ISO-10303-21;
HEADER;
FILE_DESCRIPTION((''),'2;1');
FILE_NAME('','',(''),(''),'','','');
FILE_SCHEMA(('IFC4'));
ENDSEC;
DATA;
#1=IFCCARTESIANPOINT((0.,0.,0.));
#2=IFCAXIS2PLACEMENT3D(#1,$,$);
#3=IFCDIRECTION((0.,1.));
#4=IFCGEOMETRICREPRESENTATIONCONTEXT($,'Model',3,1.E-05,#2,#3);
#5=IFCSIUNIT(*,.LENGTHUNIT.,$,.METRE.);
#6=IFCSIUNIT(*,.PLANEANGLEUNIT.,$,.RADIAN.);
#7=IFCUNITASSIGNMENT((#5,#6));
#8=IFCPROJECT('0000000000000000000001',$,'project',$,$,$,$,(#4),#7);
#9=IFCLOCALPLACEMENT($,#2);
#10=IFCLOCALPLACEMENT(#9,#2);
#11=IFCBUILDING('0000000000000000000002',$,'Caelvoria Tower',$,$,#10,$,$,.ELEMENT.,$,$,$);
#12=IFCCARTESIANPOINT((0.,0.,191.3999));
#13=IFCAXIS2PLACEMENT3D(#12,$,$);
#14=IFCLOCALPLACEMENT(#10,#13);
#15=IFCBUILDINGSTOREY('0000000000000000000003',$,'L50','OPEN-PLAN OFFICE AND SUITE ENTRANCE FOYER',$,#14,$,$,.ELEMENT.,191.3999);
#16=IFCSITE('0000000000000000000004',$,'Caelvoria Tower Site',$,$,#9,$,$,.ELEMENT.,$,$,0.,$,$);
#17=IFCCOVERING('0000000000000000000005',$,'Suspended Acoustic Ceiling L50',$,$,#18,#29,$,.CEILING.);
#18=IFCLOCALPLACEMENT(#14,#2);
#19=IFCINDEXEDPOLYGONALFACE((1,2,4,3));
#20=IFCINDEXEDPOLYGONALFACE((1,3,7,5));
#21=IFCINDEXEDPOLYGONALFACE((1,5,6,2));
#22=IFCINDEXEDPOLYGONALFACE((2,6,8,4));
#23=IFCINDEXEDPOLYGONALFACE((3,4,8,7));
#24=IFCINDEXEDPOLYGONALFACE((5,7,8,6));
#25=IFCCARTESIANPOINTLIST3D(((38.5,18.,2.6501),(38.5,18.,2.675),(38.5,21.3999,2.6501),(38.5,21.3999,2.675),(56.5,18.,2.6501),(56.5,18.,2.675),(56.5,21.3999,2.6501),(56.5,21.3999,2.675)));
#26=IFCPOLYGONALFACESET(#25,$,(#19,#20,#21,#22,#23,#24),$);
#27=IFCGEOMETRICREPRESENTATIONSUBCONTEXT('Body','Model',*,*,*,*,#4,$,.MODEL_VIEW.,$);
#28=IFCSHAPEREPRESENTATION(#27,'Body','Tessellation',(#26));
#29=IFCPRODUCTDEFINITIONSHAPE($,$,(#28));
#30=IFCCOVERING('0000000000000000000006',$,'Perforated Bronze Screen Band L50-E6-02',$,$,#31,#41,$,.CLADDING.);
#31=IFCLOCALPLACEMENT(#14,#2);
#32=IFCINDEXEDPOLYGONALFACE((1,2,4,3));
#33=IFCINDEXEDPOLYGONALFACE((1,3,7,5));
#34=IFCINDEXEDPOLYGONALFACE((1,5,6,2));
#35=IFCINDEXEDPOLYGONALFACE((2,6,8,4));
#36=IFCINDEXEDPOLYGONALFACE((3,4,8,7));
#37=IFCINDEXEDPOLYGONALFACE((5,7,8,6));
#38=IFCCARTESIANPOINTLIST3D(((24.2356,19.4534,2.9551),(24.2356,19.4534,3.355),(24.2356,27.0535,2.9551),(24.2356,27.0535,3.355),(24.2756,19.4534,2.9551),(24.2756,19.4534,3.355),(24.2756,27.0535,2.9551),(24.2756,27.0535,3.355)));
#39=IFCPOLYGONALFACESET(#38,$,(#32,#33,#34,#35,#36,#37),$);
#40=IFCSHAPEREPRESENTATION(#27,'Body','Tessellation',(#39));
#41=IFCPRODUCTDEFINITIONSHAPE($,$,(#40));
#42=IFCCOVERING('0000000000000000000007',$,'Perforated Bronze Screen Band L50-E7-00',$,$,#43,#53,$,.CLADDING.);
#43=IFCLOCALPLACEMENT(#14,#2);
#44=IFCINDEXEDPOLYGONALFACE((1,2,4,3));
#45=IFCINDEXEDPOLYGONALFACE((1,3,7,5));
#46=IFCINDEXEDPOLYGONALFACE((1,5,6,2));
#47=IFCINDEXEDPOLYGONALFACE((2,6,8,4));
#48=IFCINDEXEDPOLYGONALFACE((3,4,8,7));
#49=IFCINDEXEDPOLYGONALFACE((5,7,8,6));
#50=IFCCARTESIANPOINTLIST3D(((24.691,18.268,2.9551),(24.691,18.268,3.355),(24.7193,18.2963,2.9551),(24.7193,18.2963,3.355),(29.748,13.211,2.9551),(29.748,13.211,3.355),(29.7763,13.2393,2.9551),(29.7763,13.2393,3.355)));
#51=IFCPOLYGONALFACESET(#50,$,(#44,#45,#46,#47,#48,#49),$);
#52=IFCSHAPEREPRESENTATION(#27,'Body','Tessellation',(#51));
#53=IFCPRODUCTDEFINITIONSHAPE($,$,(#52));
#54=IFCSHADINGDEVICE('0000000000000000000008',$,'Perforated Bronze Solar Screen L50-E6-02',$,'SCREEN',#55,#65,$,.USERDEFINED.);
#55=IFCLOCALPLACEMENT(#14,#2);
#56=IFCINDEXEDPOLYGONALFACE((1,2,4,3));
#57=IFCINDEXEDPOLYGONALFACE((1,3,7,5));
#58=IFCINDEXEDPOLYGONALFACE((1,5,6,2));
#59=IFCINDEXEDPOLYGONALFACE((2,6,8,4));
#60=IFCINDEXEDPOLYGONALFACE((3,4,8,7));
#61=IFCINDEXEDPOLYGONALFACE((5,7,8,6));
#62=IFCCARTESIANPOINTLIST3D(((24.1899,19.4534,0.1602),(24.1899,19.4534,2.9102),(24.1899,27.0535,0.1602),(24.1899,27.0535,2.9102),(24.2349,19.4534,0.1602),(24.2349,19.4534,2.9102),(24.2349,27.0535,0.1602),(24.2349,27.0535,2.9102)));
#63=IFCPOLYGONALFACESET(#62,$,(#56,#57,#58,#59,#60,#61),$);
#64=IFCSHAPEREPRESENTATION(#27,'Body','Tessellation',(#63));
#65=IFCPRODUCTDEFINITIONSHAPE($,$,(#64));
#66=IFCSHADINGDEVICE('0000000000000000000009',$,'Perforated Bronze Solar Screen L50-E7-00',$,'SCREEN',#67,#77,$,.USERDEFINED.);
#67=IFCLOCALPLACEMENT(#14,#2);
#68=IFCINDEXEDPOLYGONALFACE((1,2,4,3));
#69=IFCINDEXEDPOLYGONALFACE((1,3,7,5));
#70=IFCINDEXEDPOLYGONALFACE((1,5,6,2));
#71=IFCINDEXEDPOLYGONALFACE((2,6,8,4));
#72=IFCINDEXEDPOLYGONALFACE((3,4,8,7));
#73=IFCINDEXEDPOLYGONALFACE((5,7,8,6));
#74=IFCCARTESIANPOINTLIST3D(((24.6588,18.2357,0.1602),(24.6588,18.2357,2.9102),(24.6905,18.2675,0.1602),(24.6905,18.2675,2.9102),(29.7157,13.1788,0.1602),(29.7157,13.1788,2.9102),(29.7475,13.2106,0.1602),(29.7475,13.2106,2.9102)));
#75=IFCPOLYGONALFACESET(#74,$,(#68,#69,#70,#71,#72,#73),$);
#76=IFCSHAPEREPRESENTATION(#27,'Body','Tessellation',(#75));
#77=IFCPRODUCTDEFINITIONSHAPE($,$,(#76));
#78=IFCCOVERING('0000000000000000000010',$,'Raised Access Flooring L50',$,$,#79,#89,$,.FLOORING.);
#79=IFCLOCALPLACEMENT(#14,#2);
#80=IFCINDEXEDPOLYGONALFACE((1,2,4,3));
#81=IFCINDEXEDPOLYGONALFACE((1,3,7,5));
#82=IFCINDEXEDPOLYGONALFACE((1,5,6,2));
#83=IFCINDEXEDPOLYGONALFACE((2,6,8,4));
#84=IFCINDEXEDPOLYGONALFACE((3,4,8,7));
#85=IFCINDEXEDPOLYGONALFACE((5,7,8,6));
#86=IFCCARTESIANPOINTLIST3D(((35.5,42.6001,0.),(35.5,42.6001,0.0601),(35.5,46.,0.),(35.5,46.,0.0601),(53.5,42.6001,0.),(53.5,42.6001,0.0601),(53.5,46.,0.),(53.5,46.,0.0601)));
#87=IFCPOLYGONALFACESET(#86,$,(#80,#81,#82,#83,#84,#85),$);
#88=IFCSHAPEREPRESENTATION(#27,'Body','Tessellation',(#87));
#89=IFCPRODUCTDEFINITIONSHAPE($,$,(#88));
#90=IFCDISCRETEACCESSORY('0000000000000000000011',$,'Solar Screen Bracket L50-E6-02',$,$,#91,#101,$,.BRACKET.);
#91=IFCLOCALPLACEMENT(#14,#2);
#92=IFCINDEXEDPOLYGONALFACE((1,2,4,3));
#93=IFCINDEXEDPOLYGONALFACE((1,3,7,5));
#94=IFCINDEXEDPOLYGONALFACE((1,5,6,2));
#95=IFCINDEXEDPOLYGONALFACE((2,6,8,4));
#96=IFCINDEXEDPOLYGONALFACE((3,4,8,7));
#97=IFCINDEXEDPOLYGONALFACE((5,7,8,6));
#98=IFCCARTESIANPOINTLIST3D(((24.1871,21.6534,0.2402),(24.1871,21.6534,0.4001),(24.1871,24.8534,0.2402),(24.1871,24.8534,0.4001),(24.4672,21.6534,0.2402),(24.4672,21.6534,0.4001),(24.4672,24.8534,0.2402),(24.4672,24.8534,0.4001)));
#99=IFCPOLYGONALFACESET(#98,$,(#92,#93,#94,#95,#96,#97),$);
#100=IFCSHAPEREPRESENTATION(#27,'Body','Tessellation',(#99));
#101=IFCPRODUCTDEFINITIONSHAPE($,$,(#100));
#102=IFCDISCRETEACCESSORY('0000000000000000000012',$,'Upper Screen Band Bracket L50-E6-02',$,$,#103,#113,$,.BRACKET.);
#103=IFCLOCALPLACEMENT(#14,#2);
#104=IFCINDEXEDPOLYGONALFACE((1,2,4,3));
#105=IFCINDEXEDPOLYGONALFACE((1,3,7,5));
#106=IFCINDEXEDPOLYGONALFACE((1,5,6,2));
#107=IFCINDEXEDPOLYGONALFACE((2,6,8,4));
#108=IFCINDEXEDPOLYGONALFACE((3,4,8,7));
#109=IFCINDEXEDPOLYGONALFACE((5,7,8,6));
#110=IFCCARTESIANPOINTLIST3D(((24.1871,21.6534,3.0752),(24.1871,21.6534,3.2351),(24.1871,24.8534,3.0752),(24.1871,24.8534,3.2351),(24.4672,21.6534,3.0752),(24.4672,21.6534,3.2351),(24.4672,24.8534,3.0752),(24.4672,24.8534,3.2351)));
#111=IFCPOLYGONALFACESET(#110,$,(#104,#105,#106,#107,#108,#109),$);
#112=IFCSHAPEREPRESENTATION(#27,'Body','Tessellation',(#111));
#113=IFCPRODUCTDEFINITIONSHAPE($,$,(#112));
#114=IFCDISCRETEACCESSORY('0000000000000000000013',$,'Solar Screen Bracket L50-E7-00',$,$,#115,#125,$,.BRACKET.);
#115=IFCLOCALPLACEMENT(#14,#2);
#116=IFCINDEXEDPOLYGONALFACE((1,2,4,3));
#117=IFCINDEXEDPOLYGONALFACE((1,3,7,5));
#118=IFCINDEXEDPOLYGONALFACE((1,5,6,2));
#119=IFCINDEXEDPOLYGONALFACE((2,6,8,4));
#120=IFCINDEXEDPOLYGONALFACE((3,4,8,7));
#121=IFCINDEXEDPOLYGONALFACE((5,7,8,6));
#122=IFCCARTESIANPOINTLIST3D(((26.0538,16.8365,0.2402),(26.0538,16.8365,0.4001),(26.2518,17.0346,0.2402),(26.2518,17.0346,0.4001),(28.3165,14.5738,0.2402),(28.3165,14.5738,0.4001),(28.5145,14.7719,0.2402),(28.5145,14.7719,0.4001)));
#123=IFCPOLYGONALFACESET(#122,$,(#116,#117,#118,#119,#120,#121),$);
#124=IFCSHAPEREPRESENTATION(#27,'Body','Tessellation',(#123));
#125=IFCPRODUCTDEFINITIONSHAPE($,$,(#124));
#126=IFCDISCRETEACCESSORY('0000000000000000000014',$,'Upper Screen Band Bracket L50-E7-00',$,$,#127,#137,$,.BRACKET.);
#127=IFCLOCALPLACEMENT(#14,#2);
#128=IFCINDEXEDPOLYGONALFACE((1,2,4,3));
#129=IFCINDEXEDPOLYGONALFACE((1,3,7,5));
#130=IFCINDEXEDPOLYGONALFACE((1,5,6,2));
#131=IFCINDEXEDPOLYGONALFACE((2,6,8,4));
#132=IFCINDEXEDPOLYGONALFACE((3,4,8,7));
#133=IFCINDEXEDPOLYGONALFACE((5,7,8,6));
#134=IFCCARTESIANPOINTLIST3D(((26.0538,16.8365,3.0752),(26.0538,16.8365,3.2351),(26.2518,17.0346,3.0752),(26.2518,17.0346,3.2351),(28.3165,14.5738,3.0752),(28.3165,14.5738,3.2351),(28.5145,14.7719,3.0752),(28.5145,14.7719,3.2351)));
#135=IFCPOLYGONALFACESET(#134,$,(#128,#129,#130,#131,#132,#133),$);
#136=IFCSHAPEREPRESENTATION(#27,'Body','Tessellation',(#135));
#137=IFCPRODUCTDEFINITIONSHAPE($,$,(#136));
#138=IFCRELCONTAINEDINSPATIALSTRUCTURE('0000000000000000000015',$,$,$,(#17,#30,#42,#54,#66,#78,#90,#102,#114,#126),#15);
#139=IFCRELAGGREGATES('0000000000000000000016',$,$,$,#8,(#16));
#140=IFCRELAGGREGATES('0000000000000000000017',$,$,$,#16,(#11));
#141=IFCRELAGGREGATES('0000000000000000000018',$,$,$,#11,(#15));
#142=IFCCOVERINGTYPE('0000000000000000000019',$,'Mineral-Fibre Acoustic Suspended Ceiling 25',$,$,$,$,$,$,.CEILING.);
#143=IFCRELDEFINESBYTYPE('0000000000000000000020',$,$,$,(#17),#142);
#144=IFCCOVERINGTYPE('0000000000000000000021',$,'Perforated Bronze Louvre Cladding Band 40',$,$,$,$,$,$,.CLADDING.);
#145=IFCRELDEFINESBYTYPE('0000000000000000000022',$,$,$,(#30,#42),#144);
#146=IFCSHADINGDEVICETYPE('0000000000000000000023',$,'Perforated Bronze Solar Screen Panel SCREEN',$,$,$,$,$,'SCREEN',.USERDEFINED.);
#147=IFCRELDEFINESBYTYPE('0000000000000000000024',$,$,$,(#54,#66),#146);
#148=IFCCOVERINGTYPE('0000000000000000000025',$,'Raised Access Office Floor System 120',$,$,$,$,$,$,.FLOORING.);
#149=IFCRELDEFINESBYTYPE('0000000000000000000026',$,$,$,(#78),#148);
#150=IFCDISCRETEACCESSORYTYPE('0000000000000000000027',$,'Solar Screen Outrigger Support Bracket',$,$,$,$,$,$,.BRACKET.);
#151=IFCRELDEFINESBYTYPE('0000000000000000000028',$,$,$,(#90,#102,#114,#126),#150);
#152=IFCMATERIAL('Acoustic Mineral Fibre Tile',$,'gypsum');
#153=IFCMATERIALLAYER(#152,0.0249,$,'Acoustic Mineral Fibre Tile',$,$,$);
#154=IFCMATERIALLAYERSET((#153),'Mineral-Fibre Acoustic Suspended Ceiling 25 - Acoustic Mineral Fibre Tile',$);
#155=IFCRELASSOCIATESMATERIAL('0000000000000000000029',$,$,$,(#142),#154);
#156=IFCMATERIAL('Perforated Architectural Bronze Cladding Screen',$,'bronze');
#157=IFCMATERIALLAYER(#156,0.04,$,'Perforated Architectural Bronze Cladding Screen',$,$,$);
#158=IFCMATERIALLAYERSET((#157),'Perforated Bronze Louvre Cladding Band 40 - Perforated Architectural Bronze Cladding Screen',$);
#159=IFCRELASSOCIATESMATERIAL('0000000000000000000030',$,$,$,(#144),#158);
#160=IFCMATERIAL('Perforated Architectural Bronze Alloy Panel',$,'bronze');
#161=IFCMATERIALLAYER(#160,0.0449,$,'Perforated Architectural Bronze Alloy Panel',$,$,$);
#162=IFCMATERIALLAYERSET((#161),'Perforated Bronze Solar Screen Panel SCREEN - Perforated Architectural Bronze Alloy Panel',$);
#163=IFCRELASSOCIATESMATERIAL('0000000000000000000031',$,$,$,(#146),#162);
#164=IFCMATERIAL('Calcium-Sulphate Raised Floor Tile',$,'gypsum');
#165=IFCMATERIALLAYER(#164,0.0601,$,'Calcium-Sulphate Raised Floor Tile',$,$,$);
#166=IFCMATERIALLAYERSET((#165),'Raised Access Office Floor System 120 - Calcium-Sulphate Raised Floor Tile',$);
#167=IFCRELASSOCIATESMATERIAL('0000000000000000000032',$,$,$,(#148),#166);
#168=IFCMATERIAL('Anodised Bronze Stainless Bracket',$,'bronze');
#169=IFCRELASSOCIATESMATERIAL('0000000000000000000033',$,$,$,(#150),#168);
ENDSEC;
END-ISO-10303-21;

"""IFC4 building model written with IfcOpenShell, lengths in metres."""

from ifc_helpers import new_model, si_unit, direction, frame, origin, origin_2d, place, context, subcontext, project, spatial, polyline, rectangle, outline, extrude, material, layer, layer_set, type_object, element, save


model = new_model("IFC4")

# Units and contexts
model_context = context("Model", 3, precision=1e-05, world=origin(), true_north=direction((0.0, 1.0)))
body_context = subcontext(model_context, "Body", "Model", "MODEL_VIEW")
ifc_project = project(units=[si_unit("LENGTHUNIT", "METRE"), si_unit("PLANEANGLEUNIT", "RADIAN")], contexts=[model_context])

# Site, building, storey
site_placement = place(None, origin())
site = spatial("IfcSite", under=ifc_project, at=site_placement, Name="Caelvoria Tower Site", CompositionType="ELEMENT", RefElevation=0.0)
building_placement = place(site_placement, origin())
building = spatial("IfcBuilding", under=site, at=building_placement, Name="Caelvoria Tower", CompositionType="ELEMENT")
storey_placement = place(building_placement, frame((0.0, 0.0, 191.3999)))
storey = spatial("IfcBuildingStorey", under=building, at=storey_placement, Name="L50", Description="OPEN-PLAN OFFICE AND SUITE ENTRANCE FOYER", CompositionType="ELEMENT", Elevation=191.3999)

# Coverings
ifc_material_1 = material(Name="Acoustic Mineral Fibre Tile", Category="gypsum")
ifc_layer_1 = layer(ifc_material_1, 0.0249, Name="Acoustic Mineral Fibre Tile")
ifc_layer_set_1 = layer_set([ifc_layer_1], Name="Mineral-Fibre Acoustic Suspended Ceiling 25 - Acoustic Mineral Fibre Tile")
covering_type_1 = type_object("IfcCoveringType", Name="Mineral-Fibre Acoustic Suspended Ceiling 25", PredefinedType="CEILING", material=ifc_layer_set_1)
covering_1_placement = place(storey_placement, frame((0.0, 0.0, 2.6501)))
element("IfcCovering", 1, at=covering_1_placement, inside=storey, type_object=covering_type_1, Name="Suspended Acoustic Ceiling L50", PredefinedType="CEILING", context=body_context, shape_type="SweptSolid", body=[
    extrude(outline(polyline([(38.5, 18.0), (56.5, 18.0), (56.5, 21.3999), (38.5, 21.3999), (38.5, 18.0)])), origin(), (0.0, 0.0, 1.0), 0.0249),
])
ifc_material_2 = material(Name="Perforated Architectural Bronze Cladding Screen", Category="bronze")
ifc_layer_2 = layer(ifc_material_2, 0.04, Name="Perforated Architectural Bronze Cladding Screen")
ifc_layer_set_2 = layer_set([ifc_layer_2], Name="Perforated Bronze Louvre Cladding Band 40 - Perforated Architectural Bronze Cladding Screen")
covering_type_2 = type_object("IfcCoveringType", Name="Perforated Bronze Louvre Cladding Band 40", PredefinedType="CLADDING", material=ifc_layer_set_2)
covering_2_placement = place(storey_placement, frame((24.2556, 23.2534, 2.9551), z_axis=(0.0, 0.0, 1.0), x_axis=(0.0, -1.0, 0.0)))
element("IfcCovering", 2, at=covering_2_placement, inside=storey, type_object=covering_type_2, Name="Perforated Bronze Screen Band L50-E6-02", PredefinedType="CLADDING", context=body_context, shape_type="SweptSolid", body=[
    extrude(rectangle(XDim=7.6001, YDim=0.04, at=origin_2d()), origin(), (0.0, 0.0, 1.0), 0.3999),
])
covering_3_placement = place(storey_placement, frame((27.2336, 15.7537, 2.9551), z_axis=(0.0, 0.0, 1.0), x_axis=(0.707107, -0.707107, 0.0)))
element("IfcCovering", 3, at=covering_3_placement, inside=storey, type_object=covering_type_2, Name="Perforated Bronze Screen Band L50-E7-00", PredefinedType="CLADDING", context=body_context, shape_type="SweptSolid", body=[
    extrude(rectangle(XDim=7.1516, YDim=0.04, at=origin_2d()), origin(), (0.0, 0.0, 1.0), 0.3999),
])

# Shading devices
ifc_material_3 = material(Name="Perforated Architectural Bronze Alloy Panel", Category="bronze")
ifc_layer_3 = layer(ifc_material_3, 0.0449, Name="Perforated Architectural Bronze Alloy Panel")
ifc_layer_set_3 = layer_set([ifc_layer_3], Name="Perforated Bronze Solar Screen Panel SCREEN - Perforated Architectural Bronze Alloy Panel")
shading_device_type = type_object("IfcShadingDeviceType", Name="Perforated Bronze Solar Screen Panel SCREEN", ElementType="SCREEN", PredefinedType="USERDEFINED", material=ifc_layer_set_3)
shading_device_1_placement = place(storey_placement, frame((24.2124, 23.2534, 0.1602), z_axis=(0.0, 0.0, 1.0), x_axis=(0.0, -1.0, 0.0)))
element("IfcShadingDevice", 4, at=shading_device_1_placement, inside=storey, type_object=shading_device_type, Name="Perforated Bronze Solar Screen L50-E6-02", ObjectType="SCREEN", PredefinedType="USERDEFINED", context=body_context, shape_type="SweptSolid", body=[
    extrude(rectangle(XDim=7.6001, YDim=0.0449, at=origin_2d()), origin(), (0.0, 0.0, 1.0), 2.75),
])
shading_device_2_placement = place(storey_placement, frame((27.2031, 15.7231, 0.1602), z_axis=(0.0, 0.0, 1.0), x_axis=(0.707107, -0.707107, 0.0)))
element("IfcShadingDevice", 5, at=shading_device_2_placement, inside=storey, type_object=shading_device_type, Name="Perforated Bronze Solar Screen L50-E7-00", ObjectType="SCREEN", PredefinedType="USERDEFINED", context=body_context, shape_type="SweptSolid", body=[
    extrude(rectangle(XDim=7.1516, YDim=0.0449, at=origin_2d()), origin(), (0.0, 0.0, 1.0), 2.75),
])

# Covering
ifc_material_4 = material(Name="Calcium-Sulphate Raised Floor Tile", Category="gypsum")
ifc_layer_4 = layer(ifc_material_4, 0.0601, Name="Calcium-Sulphate Raised Floor Tile")
ifc_layer_set_4 = layer_set([ifc_layer_4], Name="Raised Access Office Floor System 120 - Calcium-Sulphate Raised Floor Tile")
covering_type_3 = type_object("IfcCoveringType", Name="Raised Access Office Floor System 120", PredefinedType="FLOORING", material=ifc_layer_set_4)
covering_4_placement = place(storey_placement, origin())
element("IfcCovering", 6, at=covering_4_placement, inside=storey, type_object=covering_type_3, Name="Raised Access Flooring L50", PredefinedType="FLOORING", context=body_context, shape_type="SweptSolid", body=[
    extrude(outline(polyline([(35.5, 42.6001), (53.5, 42.6001), (53.5, 46.0), (35.5, 46.0), (35.5, 42.6001)])), origin(), (0.0, 0.0, 1.0), 0.0601),
])

# Discrete accessories
ifc_material_5 = material(Name="Anodised Bronze Stainless Bracket", Category="bronze")
discrete_accessory_type = type_object("IfcDiscreteAccessoryType", Name="Solar Screen Outrigger Support Bracket", PredefinedType="BRACKET", material=ifc_material_5)
for number, where, z_axis, x_axis, name in (
    (7, (24.3271, 23.2534, 0.2402), (0.0, 0.0, 1.0), (0.0, -1.0, 0.0), "Solar Screen Bracket L50-E6-02"),
    (8, (24.3271, 23.2534, 3.0752), (0.0, 0.0, 1.0), (0.0, -1.0, 0.0), "Upper Screen Band Bracket L50-E6-02"),
    (9, (27.2842, 15.8042, 0.2402), (0.0, 0.0, 1.0), (0.707107, -0.707107, 0.0), "Solar Screen Bracket L50-E7-00"),
    (10, (27.2842, 15.8042, 3.0752), (0.0, 0.0, 1.0), (0.707107, -0.707107, 0.0), "Upper Screen Band Bracket L50-E7-00"),
):
    element("IfcDiscreteAccessory", number, at=place(storey_placement, frame(where, z_axis=z_axis, x_axis=x_axis)), inside=storey, type_object=discrete_accessory_type, Name=name, PredefinedType="BRACKET", context=body_context, shape_type="SweptSolid", body=[
        extrude(rectangle(XDim=3.2, YDim=0.28, at=origin_2d()), origin(), (0.0, 0.0, 1.0), 0.1599),
    ])

save(model, "model.ifc")
